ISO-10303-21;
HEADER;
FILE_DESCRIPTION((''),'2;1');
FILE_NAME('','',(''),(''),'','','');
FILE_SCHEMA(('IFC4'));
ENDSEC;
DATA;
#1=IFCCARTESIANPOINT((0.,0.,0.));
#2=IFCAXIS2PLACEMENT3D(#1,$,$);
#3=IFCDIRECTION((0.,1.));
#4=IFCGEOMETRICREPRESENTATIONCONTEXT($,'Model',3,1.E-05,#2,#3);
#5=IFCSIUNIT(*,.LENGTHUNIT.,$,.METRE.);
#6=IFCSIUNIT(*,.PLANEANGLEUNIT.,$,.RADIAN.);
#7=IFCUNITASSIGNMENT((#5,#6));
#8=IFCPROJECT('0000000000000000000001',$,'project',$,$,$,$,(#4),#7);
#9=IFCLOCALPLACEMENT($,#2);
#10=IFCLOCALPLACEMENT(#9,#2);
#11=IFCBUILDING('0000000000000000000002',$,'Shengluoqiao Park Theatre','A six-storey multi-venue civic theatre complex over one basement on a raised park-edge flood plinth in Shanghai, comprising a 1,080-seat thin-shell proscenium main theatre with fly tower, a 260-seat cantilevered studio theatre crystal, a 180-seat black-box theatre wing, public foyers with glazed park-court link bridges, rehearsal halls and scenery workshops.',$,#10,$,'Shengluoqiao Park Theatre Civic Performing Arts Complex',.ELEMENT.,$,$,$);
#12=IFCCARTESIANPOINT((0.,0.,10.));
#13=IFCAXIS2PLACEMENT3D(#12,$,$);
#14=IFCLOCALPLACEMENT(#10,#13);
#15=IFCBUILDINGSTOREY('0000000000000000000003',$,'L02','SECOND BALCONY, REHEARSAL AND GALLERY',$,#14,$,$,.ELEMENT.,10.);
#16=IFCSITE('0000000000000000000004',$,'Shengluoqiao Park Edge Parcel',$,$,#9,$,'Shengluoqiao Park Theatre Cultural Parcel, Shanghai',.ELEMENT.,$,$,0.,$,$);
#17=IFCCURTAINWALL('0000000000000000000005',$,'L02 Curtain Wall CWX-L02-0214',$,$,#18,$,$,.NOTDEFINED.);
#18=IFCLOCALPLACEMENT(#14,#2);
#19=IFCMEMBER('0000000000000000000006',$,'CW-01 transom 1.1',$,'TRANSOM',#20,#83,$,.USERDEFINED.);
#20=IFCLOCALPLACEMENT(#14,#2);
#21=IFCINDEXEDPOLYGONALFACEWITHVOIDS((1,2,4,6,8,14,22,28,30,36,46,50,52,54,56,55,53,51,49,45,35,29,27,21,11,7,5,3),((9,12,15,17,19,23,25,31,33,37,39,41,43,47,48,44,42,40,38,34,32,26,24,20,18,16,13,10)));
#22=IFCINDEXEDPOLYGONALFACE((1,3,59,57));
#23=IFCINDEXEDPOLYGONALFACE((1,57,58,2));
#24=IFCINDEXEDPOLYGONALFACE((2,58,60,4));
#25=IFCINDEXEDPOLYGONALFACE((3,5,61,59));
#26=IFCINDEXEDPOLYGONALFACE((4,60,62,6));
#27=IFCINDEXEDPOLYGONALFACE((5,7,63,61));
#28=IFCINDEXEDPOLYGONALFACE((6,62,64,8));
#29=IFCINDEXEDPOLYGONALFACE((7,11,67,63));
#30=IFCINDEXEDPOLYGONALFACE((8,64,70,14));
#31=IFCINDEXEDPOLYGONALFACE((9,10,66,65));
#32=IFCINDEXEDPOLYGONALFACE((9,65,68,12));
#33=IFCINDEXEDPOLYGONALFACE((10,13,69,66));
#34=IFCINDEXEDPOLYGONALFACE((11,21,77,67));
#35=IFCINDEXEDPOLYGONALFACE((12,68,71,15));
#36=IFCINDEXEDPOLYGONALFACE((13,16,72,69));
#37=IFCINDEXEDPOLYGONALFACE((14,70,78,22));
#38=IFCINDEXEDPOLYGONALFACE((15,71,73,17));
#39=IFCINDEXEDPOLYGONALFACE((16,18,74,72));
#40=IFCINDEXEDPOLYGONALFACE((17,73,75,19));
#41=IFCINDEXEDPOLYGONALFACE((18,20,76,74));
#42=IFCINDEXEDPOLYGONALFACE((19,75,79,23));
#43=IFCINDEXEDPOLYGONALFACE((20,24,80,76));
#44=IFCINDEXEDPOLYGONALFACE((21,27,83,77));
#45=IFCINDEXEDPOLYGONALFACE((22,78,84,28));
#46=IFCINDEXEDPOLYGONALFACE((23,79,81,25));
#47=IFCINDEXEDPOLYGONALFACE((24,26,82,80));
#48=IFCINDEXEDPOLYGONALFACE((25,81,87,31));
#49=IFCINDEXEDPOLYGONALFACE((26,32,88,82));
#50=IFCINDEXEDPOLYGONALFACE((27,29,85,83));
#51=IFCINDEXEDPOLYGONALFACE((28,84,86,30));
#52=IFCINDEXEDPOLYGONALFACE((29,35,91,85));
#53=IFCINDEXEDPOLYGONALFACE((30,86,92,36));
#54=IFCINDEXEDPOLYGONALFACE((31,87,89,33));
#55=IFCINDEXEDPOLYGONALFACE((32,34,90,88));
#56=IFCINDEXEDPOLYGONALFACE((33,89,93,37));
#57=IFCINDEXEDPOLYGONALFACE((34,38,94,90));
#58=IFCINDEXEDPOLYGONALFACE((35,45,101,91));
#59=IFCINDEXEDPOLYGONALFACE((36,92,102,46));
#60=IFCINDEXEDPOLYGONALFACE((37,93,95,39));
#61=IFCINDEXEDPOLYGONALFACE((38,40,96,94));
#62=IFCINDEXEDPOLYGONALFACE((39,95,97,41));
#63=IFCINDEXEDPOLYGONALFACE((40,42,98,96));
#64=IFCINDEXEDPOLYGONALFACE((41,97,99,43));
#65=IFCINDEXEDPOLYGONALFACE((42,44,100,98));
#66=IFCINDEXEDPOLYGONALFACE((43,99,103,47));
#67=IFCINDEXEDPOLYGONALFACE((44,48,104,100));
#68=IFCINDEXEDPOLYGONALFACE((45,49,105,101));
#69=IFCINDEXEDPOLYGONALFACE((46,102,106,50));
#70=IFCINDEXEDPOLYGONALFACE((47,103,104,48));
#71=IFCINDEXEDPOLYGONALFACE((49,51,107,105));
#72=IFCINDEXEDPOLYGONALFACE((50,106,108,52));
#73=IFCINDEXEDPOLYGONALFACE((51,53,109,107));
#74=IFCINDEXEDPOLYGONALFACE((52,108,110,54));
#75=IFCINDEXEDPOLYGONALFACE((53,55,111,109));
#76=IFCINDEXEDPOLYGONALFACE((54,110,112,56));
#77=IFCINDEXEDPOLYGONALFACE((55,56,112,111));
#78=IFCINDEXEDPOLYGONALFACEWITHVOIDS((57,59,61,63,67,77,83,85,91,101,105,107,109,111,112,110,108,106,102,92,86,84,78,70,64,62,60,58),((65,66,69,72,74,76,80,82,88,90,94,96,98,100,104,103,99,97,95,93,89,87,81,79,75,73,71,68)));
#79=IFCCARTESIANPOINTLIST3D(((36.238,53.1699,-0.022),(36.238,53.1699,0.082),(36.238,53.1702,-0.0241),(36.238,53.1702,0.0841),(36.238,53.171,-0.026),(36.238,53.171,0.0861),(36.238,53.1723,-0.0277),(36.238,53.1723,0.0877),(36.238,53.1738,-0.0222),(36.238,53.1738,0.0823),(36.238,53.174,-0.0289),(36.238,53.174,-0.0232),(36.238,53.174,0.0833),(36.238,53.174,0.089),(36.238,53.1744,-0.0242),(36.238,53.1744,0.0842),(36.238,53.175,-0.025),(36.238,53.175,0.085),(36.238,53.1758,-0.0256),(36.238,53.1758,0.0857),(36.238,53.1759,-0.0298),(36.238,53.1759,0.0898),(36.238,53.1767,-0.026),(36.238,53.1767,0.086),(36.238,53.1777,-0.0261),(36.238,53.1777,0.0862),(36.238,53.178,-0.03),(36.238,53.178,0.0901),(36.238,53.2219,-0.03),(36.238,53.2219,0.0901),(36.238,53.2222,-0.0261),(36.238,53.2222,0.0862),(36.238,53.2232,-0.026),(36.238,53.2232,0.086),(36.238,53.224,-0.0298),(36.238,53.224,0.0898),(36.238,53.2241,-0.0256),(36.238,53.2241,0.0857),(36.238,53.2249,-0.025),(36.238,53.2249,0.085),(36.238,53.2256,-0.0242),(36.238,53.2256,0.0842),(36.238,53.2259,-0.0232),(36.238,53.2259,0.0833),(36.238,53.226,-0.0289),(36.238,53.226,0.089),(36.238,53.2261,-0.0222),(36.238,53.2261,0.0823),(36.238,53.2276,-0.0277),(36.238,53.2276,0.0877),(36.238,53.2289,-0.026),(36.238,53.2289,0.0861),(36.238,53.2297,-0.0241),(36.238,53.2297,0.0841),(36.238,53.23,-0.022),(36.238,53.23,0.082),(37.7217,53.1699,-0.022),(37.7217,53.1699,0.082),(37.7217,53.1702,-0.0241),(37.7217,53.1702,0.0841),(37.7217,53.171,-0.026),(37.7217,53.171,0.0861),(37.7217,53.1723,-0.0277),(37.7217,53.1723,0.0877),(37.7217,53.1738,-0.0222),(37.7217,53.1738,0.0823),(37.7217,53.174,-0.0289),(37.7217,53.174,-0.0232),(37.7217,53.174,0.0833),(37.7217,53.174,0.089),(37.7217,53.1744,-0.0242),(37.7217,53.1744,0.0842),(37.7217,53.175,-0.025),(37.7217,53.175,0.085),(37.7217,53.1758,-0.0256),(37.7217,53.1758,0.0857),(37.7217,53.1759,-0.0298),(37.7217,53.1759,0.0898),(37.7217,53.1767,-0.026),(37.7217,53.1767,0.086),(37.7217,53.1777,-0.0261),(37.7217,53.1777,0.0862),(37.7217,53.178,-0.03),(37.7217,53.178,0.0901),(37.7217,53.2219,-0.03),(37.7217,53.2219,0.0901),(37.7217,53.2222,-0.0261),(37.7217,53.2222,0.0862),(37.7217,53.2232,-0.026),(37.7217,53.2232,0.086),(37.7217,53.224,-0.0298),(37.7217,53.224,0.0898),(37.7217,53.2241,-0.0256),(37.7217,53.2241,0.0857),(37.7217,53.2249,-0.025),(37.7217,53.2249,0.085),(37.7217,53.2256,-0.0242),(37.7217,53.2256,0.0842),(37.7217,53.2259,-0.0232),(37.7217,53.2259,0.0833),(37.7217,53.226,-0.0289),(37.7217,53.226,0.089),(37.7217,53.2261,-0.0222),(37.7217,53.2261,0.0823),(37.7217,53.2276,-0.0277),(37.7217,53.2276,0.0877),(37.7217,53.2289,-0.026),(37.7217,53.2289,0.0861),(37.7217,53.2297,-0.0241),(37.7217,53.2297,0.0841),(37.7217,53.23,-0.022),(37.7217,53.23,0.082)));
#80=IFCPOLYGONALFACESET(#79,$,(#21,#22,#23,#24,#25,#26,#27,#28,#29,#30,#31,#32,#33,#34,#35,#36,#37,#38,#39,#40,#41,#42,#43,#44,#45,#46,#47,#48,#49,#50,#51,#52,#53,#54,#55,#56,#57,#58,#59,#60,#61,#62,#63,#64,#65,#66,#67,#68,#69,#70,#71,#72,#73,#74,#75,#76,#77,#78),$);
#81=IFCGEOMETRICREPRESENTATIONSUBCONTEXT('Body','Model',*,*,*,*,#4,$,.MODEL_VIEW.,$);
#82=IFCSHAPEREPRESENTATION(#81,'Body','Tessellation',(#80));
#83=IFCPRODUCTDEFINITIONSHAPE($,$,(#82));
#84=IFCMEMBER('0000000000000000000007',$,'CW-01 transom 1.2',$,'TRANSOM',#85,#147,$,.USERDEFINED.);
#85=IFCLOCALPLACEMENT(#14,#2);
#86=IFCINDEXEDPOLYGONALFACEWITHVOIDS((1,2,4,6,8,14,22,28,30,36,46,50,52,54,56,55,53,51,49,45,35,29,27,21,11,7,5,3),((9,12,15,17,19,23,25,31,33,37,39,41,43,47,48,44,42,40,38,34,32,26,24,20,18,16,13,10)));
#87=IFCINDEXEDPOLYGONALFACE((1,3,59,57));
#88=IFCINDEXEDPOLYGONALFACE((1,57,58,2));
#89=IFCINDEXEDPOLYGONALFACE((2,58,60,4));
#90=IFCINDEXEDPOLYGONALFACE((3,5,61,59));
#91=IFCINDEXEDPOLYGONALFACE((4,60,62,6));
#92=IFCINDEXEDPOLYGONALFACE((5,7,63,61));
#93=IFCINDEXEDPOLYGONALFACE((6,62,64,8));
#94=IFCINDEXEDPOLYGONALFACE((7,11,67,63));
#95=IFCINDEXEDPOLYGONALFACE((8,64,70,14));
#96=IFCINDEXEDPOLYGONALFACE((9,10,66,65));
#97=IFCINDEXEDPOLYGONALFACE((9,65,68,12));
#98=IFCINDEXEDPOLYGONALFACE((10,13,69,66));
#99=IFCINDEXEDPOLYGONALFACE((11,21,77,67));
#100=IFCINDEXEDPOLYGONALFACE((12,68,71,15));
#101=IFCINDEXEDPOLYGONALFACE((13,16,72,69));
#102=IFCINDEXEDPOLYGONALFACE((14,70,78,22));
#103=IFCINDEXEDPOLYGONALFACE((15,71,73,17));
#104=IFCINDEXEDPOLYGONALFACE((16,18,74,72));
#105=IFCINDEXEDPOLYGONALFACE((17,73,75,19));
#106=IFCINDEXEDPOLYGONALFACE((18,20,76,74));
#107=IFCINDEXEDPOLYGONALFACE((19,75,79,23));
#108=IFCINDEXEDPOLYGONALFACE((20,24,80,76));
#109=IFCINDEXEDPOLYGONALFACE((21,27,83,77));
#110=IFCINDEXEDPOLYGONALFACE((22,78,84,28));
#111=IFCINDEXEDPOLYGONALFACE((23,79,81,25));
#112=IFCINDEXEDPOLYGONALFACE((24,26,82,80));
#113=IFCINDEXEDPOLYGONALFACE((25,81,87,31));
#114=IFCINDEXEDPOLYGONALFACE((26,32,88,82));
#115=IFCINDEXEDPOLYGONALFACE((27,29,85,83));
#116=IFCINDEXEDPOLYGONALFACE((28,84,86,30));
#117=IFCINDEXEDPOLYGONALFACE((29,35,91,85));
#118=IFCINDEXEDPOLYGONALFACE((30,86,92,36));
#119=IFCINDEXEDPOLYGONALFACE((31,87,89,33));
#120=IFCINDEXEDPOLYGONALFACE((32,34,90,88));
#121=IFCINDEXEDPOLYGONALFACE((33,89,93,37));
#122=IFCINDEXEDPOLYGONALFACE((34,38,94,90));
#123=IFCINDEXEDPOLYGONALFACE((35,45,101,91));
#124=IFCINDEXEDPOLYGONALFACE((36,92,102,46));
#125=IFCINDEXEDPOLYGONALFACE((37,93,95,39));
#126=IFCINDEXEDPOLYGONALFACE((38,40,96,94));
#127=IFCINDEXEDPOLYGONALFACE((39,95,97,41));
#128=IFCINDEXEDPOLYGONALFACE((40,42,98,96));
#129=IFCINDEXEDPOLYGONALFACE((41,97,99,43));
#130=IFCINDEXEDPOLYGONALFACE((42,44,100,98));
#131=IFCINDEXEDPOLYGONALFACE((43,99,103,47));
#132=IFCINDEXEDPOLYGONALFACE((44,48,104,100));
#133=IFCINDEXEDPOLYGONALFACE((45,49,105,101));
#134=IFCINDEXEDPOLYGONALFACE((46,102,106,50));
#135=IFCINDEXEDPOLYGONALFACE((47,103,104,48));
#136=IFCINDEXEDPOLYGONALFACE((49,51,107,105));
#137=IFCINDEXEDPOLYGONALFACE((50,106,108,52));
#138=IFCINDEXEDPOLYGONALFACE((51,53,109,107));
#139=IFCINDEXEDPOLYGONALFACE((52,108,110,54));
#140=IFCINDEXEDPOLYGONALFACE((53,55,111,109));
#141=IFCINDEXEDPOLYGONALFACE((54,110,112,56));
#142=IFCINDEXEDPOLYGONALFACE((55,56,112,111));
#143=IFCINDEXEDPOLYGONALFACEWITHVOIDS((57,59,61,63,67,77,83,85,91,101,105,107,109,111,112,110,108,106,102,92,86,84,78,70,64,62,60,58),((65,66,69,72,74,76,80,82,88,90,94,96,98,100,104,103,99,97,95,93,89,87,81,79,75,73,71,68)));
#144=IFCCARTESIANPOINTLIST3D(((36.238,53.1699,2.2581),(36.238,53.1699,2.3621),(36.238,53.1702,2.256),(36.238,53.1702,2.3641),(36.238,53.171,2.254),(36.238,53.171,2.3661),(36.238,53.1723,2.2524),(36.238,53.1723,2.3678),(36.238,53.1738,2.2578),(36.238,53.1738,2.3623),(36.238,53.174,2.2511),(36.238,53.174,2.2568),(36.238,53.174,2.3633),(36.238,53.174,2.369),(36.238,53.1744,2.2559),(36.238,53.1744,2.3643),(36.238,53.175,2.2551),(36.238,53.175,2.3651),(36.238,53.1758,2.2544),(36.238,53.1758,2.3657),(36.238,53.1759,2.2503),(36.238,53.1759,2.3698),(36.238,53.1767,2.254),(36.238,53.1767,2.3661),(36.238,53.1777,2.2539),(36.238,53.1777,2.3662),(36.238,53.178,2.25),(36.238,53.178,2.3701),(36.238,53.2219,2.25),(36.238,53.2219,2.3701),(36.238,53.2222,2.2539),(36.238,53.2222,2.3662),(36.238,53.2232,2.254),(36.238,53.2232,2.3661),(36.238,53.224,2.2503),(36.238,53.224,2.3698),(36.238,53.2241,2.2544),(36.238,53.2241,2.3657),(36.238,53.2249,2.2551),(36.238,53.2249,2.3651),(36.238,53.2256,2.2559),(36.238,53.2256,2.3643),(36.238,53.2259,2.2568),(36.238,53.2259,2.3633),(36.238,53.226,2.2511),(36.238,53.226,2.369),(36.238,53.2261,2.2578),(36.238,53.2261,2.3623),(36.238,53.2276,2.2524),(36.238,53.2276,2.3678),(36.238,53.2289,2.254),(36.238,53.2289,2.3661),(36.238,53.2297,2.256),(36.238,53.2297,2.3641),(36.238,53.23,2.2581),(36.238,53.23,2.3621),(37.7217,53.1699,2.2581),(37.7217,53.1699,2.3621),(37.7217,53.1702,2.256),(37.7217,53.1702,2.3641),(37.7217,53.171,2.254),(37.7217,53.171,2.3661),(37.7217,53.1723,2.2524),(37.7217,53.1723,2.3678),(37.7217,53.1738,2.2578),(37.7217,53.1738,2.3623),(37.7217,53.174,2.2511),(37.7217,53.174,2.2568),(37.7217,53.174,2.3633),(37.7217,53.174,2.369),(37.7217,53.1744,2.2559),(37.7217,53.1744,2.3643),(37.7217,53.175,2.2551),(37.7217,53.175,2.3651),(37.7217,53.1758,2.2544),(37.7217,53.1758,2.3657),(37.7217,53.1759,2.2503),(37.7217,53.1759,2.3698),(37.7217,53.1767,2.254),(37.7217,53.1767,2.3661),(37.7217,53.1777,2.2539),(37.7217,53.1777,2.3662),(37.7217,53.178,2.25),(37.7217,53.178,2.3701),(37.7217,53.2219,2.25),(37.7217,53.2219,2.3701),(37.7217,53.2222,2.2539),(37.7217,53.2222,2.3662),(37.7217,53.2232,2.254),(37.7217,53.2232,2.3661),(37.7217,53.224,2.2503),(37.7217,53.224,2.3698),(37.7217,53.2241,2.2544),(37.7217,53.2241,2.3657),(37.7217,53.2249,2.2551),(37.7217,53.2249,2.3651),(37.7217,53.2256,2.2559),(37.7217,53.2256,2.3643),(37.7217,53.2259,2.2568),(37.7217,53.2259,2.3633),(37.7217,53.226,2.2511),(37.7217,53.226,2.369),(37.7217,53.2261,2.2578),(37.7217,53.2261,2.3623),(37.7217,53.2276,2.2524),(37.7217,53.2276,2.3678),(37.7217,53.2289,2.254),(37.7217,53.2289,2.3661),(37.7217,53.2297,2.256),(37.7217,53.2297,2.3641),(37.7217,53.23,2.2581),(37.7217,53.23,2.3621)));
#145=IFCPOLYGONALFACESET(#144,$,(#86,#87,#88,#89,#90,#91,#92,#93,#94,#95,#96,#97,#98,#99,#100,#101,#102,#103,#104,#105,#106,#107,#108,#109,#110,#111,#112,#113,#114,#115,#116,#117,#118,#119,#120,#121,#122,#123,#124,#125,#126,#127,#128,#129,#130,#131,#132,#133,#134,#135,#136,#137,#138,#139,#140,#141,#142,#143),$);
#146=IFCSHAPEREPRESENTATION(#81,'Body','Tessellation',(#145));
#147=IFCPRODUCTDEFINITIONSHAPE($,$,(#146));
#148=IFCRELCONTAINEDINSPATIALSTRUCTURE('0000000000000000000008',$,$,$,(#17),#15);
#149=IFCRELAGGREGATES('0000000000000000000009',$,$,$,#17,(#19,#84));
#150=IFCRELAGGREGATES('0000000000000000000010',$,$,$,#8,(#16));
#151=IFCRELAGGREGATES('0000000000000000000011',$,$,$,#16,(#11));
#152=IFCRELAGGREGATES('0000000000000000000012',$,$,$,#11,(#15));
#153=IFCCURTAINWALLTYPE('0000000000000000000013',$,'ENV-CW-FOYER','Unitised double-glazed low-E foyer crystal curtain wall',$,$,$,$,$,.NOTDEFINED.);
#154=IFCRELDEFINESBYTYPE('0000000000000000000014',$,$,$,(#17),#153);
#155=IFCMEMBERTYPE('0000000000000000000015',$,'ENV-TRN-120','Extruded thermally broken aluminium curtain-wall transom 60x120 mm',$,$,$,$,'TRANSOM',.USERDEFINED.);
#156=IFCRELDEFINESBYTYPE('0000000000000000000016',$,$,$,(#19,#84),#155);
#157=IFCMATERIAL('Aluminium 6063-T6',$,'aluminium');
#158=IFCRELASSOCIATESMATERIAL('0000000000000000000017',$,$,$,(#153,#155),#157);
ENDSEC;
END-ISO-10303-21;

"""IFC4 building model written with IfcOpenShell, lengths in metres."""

from ifc_helpers import new_model, si_unit, direction, frame, origin, origin_2d, place, context, subcontext, project, spatial, hollow_rectangle, extrude, material, material_profile, profile_set, type_object, element, aggregate, save


model = new_model("IFC4")

# Units and contexts
model_context = context("Model", 3, precision=1e-05, world=origin(), true_north=direction((0.0, 1.0)))
body_context = subcontext(model_context, "Body", "Model", "MODEL_VIEW")
ifc_project = project(units=[si_unit("LENGTHUNIT", "METRE"), si_unit("PLANEANGLEUNIT", "RADIAN")], contexts=[model_context])

# Site, building, storey
site_placement = place(None, origin())
site = spatial("IfcSite", under=ifc_project, at=site_placement, Name="Shengluoqiao Park Edge Parcel", LongName="Shengluoqiao Park Theatre Cultural Parcel, Shanghai", CompositionType="ELEMENT", RefElevation=0.0)
building_placement = place(site_placement, origin())
building = spatial("IfcBuilding", under=site, at=building_placement, Name="Shengluoqiao Park Theatre", Description="A six-storey multi-venue civic theatre complex over one basement on a raised park-edge flood plinth in Shanghai, comprising a 1,080-seat thin-shell proscenium main theatre with fly tower, a 260-seat cantilevered studio theatre crystal, a 180-seat black-box theatre wing, public foyers with glazed park-court link bridges, rehearsal halls and scenery workshops.", LongName="Shengluoqiao Park Theatre Civic Performing Arts Complex", CompositionType="ELEMENT")
storey_placement = place(building_placement, frame((0.0, 0.0, 10.0)))
storey = spatial("IfcBuildingStorey", under=building, at=storey_placement, Name="L02", Description="SECOND BALCONY, REHEARSAL AND GALLERY", CompositionType="ELEMENT", Elevation=10.0)

# Curtain wall, members
ifc_material_1 = material(Name="Aluminium 6063-T6", Category="aluminium")
curtain_wall_type = type_object("IfcCurtainWallType", Name="ENV-CW-FOYER", Description="Unitised double-glazed low-E foyer crystal curtain wall", PredefinedType="NOTDEFINED", material=ifc_material_1)
curtain_wall_placement = place(storey_placement, origin())
curtain_wall = element("IfcCurtainWall", 1, at=curtain_wall_placement, inside=storey, type_object=curtain_wall_type, Name="L02 Curtain Wall CWX-L02-0214", PredefinedType="NOTDEFINED")
ifc_material_profile_1 = material_profile(ifc_material_1, hollow_rectangle(XDim=0.0601, YDim=0.1201, WallThickness=0.0039, InnerFilletRadius=0.0039, OuterFilletRadius=0.0081, at=origin_2d()), Name="ALU TRANSOM 120x60x4")
ifc_profile_set_1 = profile_set([ifc_material_profile_1], Name="Aluminium 6063-T6")
member_type_1 = type_object("IfcMemberType", Name="ENV-TRN-120", Description="Extruded thermally broken aluminium curtain-wall transom 60x120 mm", ElementType="TRANSOM", PredefinedType="USERDEFINED", material=ifc_profile_set_1)
member_1_placement = place(storey_placement, frame((36.238, 53.2, 0.03), z_axis=(1.0, 0.0, 0.0), x_axis=(0.0, 1.0, 0.0)))
member_1 = element("IfcMember", 2, at=member_1_placement, type_object=member_type_1, Name="CW-01 transom 1.1", ObjectType="TRANSOM", PredefinedType="USERDEFINED", context=body_context, shape_type="SweptSolid", body=[
    extrude(hollow_rectangle(XDim=0.0601, YDim=0.1201, WallThickness=0.0039, InnerFilletRadius=0.0039, OuterFilletRadius=0.0081, at=origin_2d()), origin(), (0.0, 0.0, 1.0), 1.4836),
])
member_2_placement = place(storey_placement, frame((36.238, 53.2, 2.3101), z_axis=(1.0, 0.0, 0.0), x_axis=(0.0, 1.0, 0.0)))
member_2 = element("IfcMember", 3, at=member_2_placement, type_object=member_type_1, Name="CW-01 transom 1.2", ObjectType="TRANSOM", PredefinedType="USERDEFINED", context=body_context, shape_type="SweptSolid", body=[
    extrude(hollow_rectangle(XDim=0.0601, YDim=0.1201, WallThickness=0.0039, InnerFilletRadius=0.0039, OuterFilletRadius=0.0081, at=origin_2d()), origin(), (0.0, 0.0, 1.0), 1.4836),
])

aggregate(curtain_wall, [member_1, member_2])

save(model, "model.ifc")
